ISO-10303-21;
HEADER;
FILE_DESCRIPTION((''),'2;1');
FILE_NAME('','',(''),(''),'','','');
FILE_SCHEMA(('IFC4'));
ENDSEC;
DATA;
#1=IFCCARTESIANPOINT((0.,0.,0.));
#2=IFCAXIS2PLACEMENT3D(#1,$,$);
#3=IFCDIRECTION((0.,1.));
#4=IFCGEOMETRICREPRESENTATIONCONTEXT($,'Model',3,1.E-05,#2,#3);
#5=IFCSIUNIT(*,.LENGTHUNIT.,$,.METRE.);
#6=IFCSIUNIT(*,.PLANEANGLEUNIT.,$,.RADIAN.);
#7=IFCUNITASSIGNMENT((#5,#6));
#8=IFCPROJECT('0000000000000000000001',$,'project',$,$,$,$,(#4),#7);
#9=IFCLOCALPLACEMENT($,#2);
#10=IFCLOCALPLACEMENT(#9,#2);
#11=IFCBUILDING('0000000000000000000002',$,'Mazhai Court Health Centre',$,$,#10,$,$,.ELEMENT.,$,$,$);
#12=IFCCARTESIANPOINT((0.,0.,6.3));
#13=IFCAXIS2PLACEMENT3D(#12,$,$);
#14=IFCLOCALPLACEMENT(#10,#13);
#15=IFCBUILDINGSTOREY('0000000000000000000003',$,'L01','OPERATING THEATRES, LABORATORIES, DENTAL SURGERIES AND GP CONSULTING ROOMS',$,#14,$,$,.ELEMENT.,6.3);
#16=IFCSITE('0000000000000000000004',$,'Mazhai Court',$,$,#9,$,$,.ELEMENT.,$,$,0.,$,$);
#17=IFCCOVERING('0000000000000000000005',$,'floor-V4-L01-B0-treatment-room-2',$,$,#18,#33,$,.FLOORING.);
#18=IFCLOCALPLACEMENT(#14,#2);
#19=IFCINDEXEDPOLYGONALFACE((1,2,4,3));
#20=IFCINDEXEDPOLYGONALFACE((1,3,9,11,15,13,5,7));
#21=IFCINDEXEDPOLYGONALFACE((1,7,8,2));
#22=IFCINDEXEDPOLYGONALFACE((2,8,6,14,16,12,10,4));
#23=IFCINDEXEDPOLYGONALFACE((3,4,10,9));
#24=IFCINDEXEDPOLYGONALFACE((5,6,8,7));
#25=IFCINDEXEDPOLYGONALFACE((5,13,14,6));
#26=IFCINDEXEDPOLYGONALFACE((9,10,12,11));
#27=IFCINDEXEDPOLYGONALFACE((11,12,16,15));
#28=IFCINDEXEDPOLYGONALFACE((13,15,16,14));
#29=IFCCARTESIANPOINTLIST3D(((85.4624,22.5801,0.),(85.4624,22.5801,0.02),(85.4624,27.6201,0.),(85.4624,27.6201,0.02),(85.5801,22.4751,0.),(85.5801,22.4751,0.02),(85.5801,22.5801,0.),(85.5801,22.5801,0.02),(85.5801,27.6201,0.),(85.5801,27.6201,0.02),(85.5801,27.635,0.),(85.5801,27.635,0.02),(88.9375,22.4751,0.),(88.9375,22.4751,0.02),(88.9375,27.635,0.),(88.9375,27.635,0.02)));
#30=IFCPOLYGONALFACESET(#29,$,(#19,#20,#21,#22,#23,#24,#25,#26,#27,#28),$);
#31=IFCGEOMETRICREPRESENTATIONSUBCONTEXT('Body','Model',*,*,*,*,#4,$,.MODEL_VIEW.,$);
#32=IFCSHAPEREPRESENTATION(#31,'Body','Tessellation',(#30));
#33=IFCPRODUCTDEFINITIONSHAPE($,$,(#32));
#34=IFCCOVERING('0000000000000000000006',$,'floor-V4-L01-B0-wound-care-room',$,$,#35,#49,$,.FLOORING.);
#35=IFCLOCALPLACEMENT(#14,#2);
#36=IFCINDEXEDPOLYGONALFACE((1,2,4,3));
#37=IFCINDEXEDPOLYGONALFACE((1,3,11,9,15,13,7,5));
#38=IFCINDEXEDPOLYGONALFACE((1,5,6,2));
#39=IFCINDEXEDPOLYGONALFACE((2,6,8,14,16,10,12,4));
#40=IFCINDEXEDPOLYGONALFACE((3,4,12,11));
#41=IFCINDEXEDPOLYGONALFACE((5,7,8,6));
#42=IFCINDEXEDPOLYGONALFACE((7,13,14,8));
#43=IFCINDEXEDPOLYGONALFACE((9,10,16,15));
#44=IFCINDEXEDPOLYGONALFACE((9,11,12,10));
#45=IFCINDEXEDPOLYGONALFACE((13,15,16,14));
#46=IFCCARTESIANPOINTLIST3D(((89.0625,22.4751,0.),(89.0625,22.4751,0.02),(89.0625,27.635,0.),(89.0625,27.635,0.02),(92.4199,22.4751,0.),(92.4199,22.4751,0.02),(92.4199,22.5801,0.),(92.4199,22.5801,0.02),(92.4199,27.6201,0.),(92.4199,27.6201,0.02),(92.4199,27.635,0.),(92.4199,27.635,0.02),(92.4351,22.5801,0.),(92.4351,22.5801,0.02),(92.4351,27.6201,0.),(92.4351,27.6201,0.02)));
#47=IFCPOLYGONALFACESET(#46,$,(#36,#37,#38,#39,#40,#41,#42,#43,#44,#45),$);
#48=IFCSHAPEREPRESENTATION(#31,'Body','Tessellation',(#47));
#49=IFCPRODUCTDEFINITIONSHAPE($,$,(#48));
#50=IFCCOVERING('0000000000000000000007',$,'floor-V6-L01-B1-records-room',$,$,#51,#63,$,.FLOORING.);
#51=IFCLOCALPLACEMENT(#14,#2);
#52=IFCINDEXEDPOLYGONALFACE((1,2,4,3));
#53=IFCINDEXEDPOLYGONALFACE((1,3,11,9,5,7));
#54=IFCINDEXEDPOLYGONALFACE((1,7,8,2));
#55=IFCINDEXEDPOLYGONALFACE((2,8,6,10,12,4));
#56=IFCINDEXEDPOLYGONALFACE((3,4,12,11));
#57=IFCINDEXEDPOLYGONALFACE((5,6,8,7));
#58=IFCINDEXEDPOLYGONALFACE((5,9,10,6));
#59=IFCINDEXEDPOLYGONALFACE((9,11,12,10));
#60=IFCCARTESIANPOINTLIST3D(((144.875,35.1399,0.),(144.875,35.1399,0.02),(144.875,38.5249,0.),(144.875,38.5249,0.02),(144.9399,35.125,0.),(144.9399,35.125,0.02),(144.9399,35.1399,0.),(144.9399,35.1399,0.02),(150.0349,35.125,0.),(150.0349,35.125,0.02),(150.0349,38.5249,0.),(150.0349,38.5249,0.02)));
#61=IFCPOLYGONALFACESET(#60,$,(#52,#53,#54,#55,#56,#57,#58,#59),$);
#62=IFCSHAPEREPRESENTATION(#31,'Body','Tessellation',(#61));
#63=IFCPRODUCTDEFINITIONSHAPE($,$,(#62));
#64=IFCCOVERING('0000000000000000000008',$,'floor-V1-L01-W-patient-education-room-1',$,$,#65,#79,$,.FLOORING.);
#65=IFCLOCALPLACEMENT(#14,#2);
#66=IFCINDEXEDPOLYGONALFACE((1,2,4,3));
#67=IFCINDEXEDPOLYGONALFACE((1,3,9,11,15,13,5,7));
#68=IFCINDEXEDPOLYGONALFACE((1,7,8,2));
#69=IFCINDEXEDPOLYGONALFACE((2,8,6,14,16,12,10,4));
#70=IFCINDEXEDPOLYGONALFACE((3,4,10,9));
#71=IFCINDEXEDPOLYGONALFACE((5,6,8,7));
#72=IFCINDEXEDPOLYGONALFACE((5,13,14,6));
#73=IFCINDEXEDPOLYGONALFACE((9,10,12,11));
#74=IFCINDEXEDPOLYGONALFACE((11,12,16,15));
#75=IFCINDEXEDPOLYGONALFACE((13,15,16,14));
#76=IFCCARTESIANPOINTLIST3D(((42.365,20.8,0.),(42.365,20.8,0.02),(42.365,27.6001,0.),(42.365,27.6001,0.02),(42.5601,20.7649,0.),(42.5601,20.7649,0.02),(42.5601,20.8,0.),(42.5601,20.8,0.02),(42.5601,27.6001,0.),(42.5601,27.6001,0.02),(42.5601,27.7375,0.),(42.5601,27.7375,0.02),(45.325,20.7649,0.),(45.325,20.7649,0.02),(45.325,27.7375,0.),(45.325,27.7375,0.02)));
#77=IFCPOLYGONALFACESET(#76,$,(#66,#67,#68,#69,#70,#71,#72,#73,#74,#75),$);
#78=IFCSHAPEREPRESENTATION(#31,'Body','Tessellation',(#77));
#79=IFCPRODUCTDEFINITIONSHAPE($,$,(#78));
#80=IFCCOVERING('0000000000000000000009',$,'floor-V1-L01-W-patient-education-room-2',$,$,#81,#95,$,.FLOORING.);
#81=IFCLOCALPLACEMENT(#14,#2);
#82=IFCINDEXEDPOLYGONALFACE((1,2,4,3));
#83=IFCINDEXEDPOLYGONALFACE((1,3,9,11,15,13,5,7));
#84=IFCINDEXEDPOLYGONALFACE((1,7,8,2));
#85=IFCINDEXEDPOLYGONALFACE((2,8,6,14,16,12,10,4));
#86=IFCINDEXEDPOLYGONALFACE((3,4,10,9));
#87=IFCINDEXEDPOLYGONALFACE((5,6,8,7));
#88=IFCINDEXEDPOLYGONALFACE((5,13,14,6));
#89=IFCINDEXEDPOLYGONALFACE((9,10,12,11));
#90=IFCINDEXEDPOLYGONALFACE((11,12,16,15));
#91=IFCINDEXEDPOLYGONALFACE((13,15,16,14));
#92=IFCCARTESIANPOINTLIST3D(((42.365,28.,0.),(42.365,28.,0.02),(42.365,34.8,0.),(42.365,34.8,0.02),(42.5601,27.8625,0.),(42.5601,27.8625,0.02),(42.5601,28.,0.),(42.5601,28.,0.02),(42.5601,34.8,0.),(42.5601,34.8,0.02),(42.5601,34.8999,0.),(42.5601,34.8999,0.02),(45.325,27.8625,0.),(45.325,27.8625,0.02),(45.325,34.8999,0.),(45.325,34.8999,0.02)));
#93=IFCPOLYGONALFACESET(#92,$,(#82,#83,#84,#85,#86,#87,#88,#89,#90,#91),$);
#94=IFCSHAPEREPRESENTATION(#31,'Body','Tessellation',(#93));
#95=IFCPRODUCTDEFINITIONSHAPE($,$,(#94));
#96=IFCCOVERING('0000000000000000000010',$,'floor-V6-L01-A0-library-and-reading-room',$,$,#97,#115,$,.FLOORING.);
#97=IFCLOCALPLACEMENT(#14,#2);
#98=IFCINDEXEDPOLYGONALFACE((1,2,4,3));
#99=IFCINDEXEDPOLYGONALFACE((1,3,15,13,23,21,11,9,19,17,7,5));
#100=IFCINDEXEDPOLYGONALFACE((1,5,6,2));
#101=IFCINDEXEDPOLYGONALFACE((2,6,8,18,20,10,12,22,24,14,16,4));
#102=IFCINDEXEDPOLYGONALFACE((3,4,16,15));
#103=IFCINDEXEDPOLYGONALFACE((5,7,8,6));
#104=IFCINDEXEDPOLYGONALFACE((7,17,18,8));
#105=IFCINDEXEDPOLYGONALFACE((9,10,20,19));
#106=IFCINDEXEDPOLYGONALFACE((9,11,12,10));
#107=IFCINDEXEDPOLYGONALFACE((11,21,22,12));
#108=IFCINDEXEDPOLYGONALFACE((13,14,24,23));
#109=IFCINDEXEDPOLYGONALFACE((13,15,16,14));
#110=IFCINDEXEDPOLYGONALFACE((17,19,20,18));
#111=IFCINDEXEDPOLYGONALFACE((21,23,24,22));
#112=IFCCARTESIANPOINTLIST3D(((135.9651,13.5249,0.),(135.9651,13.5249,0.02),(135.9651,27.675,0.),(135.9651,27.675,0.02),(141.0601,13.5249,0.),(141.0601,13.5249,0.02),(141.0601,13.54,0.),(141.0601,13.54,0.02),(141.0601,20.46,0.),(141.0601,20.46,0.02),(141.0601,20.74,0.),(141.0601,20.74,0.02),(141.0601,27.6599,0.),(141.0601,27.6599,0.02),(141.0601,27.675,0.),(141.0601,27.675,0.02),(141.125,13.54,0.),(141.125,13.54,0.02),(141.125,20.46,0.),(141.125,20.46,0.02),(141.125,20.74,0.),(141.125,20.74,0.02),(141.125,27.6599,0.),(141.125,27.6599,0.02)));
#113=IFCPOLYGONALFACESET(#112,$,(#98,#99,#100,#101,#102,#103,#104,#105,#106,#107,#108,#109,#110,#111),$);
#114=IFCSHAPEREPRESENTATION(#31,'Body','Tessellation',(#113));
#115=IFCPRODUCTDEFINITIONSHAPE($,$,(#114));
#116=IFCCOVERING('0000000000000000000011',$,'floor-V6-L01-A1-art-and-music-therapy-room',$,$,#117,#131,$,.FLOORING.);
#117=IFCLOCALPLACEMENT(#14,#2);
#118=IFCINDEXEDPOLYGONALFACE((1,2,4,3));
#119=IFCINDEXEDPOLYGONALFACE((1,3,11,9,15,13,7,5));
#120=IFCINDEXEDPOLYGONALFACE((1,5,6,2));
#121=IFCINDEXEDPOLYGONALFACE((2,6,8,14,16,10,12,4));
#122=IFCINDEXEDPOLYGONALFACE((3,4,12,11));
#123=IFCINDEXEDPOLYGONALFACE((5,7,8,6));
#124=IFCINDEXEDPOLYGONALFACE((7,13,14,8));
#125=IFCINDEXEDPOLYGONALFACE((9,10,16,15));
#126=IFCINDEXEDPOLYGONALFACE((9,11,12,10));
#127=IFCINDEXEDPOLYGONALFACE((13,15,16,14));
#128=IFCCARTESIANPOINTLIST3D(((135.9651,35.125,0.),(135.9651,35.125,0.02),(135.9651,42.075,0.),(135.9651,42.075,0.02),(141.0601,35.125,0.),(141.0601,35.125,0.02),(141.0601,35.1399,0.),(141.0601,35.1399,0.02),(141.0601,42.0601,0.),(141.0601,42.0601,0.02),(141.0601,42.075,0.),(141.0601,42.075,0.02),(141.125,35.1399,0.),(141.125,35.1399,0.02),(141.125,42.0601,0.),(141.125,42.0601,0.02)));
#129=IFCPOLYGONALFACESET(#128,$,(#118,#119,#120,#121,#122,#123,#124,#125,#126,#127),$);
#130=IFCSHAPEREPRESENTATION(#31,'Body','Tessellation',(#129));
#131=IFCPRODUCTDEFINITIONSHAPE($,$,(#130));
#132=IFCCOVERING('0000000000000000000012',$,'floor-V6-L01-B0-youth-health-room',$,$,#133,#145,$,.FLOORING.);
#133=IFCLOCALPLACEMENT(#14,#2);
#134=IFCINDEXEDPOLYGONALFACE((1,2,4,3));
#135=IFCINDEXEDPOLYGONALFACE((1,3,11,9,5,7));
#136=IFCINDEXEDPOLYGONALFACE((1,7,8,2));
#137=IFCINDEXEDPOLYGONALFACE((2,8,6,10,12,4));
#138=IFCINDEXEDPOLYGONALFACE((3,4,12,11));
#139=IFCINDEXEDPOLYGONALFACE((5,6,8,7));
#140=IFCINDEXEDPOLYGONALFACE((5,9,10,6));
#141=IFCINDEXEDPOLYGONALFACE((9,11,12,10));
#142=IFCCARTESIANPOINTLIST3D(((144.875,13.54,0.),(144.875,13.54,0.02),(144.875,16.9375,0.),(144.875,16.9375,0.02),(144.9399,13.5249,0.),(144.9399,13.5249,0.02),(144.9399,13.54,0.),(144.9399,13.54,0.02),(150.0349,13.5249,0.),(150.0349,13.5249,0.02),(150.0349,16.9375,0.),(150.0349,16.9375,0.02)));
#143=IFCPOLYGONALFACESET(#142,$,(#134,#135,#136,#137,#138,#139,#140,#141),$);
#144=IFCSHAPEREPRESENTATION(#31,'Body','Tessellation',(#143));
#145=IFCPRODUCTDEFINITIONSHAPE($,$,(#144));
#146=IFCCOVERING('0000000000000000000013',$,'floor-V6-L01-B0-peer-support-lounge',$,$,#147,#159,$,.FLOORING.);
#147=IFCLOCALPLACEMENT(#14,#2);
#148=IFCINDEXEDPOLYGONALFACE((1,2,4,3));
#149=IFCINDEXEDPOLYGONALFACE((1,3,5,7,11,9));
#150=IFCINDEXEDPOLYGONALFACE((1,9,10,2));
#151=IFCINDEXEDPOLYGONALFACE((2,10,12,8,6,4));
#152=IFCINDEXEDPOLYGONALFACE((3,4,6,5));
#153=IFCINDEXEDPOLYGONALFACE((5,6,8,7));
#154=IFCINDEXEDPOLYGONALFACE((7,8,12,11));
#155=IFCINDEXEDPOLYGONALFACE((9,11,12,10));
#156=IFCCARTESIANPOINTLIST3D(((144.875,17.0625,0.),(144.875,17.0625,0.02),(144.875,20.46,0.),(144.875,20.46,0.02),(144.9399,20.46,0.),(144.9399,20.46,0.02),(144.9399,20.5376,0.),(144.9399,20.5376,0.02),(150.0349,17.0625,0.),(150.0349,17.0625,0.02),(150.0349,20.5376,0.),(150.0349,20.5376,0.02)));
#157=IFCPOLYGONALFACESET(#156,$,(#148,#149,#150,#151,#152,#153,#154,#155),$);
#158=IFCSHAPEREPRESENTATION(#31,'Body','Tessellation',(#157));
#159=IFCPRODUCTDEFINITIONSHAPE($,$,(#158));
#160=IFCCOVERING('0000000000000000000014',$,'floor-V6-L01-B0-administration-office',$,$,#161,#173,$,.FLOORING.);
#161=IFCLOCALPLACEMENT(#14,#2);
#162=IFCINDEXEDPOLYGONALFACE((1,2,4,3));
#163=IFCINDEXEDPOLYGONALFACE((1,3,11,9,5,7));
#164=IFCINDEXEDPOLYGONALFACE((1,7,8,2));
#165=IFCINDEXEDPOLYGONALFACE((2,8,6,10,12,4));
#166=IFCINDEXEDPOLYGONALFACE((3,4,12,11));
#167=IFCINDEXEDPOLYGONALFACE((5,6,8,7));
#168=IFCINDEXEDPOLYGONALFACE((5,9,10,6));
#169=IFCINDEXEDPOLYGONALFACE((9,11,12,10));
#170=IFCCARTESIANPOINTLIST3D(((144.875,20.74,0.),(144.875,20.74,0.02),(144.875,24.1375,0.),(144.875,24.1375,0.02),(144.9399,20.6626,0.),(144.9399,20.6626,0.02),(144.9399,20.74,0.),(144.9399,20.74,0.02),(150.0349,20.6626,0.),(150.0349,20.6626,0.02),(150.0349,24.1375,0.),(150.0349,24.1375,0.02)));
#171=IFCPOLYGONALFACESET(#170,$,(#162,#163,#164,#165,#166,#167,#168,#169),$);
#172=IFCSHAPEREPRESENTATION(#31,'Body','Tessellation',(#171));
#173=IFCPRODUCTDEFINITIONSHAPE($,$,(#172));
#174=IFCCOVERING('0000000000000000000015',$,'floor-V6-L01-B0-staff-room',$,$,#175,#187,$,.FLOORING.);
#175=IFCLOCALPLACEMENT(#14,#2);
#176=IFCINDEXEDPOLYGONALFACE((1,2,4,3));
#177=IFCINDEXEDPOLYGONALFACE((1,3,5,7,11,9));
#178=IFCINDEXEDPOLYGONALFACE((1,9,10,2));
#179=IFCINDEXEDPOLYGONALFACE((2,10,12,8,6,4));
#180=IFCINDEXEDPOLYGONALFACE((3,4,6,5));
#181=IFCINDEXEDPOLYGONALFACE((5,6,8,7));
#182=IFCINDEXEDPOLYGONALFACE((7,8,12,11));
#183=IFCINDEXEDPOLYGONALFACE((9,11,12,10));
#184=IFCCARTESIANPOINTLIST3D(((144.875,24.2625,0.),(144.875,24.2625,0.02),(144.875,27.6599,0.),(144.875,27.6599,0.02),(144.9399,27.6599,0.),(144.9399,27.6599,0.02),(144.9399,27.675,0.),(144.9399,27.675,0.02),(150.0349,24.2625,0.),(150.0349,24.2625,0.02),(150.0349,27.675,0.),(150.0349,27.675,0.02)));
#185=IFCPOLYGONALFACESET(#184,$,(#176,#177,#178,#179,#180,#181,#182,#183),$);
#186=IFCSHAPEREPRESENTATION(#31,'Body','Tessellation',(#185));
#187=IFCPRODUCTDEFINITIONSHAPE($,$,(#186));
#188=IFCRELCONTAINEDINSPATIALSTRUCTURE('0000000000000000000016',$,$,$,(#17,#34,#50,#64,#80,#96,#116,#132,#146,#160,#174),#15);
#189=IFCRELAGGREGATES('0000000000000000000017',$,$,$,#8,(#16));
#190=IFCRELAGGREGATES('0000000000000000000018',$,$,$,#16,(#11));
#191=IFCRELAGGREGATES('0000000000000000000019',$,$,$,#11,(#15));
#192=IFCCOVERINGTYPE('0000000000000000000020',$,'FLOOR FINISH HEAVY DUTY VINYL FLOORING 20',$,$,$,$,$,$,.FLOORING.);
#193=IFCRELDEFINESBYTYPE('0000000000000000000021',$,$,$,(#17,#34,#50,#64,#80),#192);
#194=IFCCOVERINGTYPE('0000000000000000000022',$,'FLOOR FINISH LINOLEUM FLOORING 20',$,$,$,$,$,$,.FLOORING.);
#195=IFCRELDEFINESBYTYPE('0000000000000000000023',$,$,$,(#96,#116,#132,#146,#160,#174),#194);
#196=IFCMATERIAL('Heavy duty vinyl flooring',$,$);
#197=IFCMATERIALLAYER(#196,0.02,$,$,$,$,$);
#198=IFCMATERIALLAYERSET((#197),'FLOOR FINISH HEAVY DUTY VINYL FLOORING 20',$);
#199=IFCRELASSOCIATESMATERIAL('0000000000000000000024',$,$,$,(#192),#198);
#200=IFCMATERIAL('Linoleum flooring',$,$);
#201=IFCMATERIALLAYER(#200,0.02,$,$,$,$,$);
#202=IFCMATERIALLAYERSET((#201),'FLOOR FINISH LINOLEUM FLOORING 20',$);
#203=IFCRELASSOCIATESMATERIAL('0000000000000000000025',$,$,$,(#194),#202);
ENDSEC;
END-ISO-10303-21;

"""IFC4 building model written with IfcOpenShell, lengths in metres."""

from ifc_helpers import new_model, si_unit, direction, frame, origin, place, context, subcontext, project, spatial, polyline, outline, extrude, material, layer, layer_set, type_object, element, save


model = new_model("IFC4")

# Units and contexts
model_context = context("Model", 3, precision=1e-05, world=origin(), true_north=direction((0.0, 1.0)))
body_context = subcontext(model_context, "Body", "Model", "MODEL_VIEW")
ifc_project = project(units=[si_unit("LENGTHUNIT", "METRE"), si_unit("PLANEANGLEUNIT", "RADIAN")], contexts=[model_context])

# Site, building, storey
site_placement = place(None, origin())
site = spatial("IfcSite", under=ifc_project, at=site_placement, Name="Mazhai Court", CompositionType="ELEMENT", RefElevation=0.0)
building_placement = place(site_placement, origin())
building = spatial("IfcBuilding", under=site, at=building_placement, Name="Mazhai Court Health Centre", CompositionType="ELEMENT")
storey_placement = place(building_placement, frame((0.0, 0.0, 6.3)))
storey = spatial("IfcBuildingStorey", under=building, at=storey_placement, Name="L01", Description="OPERATING THEATRES, LABORATORIES, DENTAL SURGERIES AND GP CONSULTING ROOMS", CompositionType="ELEMENT", Elevation=6.3)

# Coverings
ifc_material_1 = material(Name="Heavy duty vinyl flooring")
ifc_layer_1 = layer(ifc_material_1, 0.02)
ifc_layer_set_1 = layer_set([ifc_layer_1], Name="FLOOR FINISH HEAVY DUTY VINYL FLOORING 20")
covering_type_1 = type_object("IfcCoveringType", Name="FLOOR FINISH HEAVY DUTY VINYL FLOORING 20", PredefinedType="FLOORING", material=ifc_layer_set_1)
covering_1_placement = place(storey_placement, origin())
element("IfcCovering", 1, at=covering_1_placement, inside=storey, type_object=covering_type_1, Name="floor-V4-L01-B0-treatment-room-2", PredefinedType="FLOORING", context=body_context, shape_type="SweptSolid", body=[
    extrude(outline(polyline([(85.5801, 27.635), (85.5801, 27.6201), (85.4624, 27.6201), (85.4624, 22.5801), (85.5801, 22.5801), (85.5801, 22.4751), (88.9375, 22.4751), (88.9375, 27.635), (85.5801, 27.635)])), origin(), (0.0, 0.0, 1.0), 0.02),
])
covering_2_placement = place(storey_placement, origin())
element("IfcCovering", 2, at=covering_2_placement, inside=storey, type_object=covering_type_1, Name="floor-V4-L01-B0-wound-care-room", PredefinedType="FLOORING", context=body_context, shape_type="SweptSolid", body=[
    extrude(outline(polyline([(92.4351, 27.6201), (92.4199, 27.6201), (92.4199, 27.635), (89.0625, 27.635), (89.0625, 22.4751), (92.4199, 22.4751), (92.4199, 22.5801), (92.4351, 22.5801), (92.4351, 27.6201)])), origin(), (0.0, 0.0, 1.0), 0.02),
])
covering_3_placement = place(storey_placement, origin())
element("IfcCovering", 3, at=covering_3_placement, inside=storey, type_object=covering_type_1, Name="floor-V6-L01-B1-records-room", PredefinedType="FLOORING", context=body_context, shape_type="SweptSolid", body=[
    extrude(outline(polyline([(144.875, 35.1399), (144.9399, 35.1399), (144.9399, 35.125), (150.0349, 35.125), (150.0349, 38.5249), (144.875, 38.5249), (144.875, 35.1399)])), origin(), (0.0, 0.0, 1.0), 0.02),
])
covering_4_placement = place(storey_placement, origin())
element("IfcCovering", 4, at=covering_4_placement, inside=storey, type_object=covering_type_1, Name="floor-V1-L01-W-patient-education-room-1", PredefinedType="FLOORING", context=body_context, shape_type="SweptSolid", body=[
    extrude(outline(polyline([(42.5601, 27.7375), (42.5601, 27.6001), (42.365, 27.6001), (42.365, 20.8), (42.5601, 20.8), (42.5601, 20.7649), (45.325, 20.7649), (45.325, 27.7375), (42.5601, 27.7375)])), origin(), (0.0, 0.0, 1.0), 0.02),
])
covering_5_placement = place(storey_placement, origin())
element("IfcCovering", 5, at=covering_5_placement, inside=storey, type_object=covering_type_1, Name="floor-V1-L01-W-patient-education-room-2", PredefinedType="FLOORING", context=body_context, shape_type="SweptSolid", body=[
    extrude(outline(polyline([(42.5601, 34.8999), (42.5601, 34.8), (42.365, 34.8), (42.365, 28.0), (42.5601, 28.0), (42.5601, 27.8625), (45.325, 27.8625), (45.325, 34.8999), (42.5601, 34.8999)])), origin(), (0.0, 0.0, 1.0), 0.02),
])
ifc_material_2 = material(Name="Linoleum flooring")
ifc_layer_2 = layer(ifc_material_2, 0.02)
ifc_layer_set_2 = layer_set([ifc_layer_2], Name="FLOOR FINISH LINOLEUM FLOORING 20")
covering_type_2 = type_object("IfcCoveringType", Name="FLOOR FINISH LINOLEUM FLOORING 20", PredefinedType="FLOORING", material=ifc_layer_set_2)
covering_6_placement = place(storey_placement, origin())
element("IfcCovering", 6, at=covering_6_placement, inside=storey, type_object=covering_type_2, Name="floor-V6-L01-A0-library-and-reading-room", PredefinedType="FLOORING", context=body_context, shape_type="SweptSolid", body=[
    extrude(outline(polyline([(141.125, 20.46), (141.0601, 20.46), (141.0601, 20.74), (141.125, 20.74), (141.125, 27.6599), (141.0601, 27.6599), (141.0601, 27.675), (135.9651, 27.675), (135.9651, 13.5249), (141.0601, 13.5249), (141.0601, 13.54), (141.125, 13.54), (141.125, 20.46)])), origin(), (0.0, 0.0, 1.0), 0.02),
])
covering_7_placement = place(storey_placement, origin())
element("IfcCovering", 7, at=covering_7_placement, inside=storey, type_object=covering_type_2, Name="floor-V6-L01-A1-art-and-music-therapy-room", PredefinedType="FLOORING", context=body_context, shape_type="SweptSolid", body=[
    extrude(outline(polyline([(141.125, 42.0601), (141.0601, 42.0601), (141.0601, 42.075), (135.9651, 42.075), (135.9651, 35.125), (141.0601, 35.125), (141.0601, 35.1399), (141.125, 35.1399), (141.125, 42.0601)])), origin(), (0.0, 0.0, 1.0), 0.02),
])
covering_8_placement = place(storey_placement, origin())
element("IfcCovering", 8, at=covering_8_placement, inside=storey, type_object=covering_type_2, Name="floor-V6-L01-B0-youth-health-room", PredefinedType="FLOORING", context=body_context, shape_type="SweptSolid", body=[
    extrude(outline(polyline([(144.875, 13.54), (144.9399, 13.54), (144.9399, 13.5249), (150.0349, 13.5249), (150.0349, 16.9375), (144.875, 16.9375), (144.875, 13.54)])), origin(), (0.0, 0.0, 1.0), 0.02),
])
covering_9_placement = place(storey_placement, origin())
element("IfcCovering", 9, at=covering_9_placement, inside=storey, type_object=covering_type_2, Name="floor-V6-L01-B0-peer-support-lounge", PredefinedType="FLOORING", context=body_context, shape_type="SweptSolid", body=[
    extrude(outline(polyline([(144.9399, 20.5376), (144.9399, 20.46), (144.875, 20.46), (144.875, 17.0625), (150.0349, 17.0625), (150.0349, 20.5376), (144.9399, 20.5376)])), origin(), (0.0, 0.0, 1.0), 0.02),
])
covering_10_placement = place(storey_placement, origin())
element("IfcCovering", 10, at=covering_10_placement, inside=storey, type_object=covering_type_2, Name="floor-V6-L01-B0-administration-office", PredefinedType="FLOORING", context=body_context, shape_type="SweptSolid", body=[
    extrude(outline(polyline([(144.875, 20.74), (144.9399, 20.74), (144.9399, 20.6626), (150.0349, 20.6626), (150.0349, 24.1375), (144.875, 24.1375), (144.875, 20.74)])), origin(), (0.0, 0.0, 1.0), 0.02),
])
covering_11_placement = place(storey_placement, origin())
element("IfcCovering", 11, at=covering_11_placement, inside=storey, type_object=covering_type_2, Name="floor-V6-L01-B0-staff-room", PredefinedType="FLOORING", context=body_context, shape_type="SweptSolid", body=[
    extrude(outline(polyline([(144.9399, 27.675), (144.9399, 27.6599), (144.875, 27.6599), (144.875, 24.2625), (150.0349, 24.2625), (150.0349, 27.675), (144.9399, 27.675)])), origin(), (0.0, 0.0, 1.0), 0.02),
])

save(model, "model.ifc")
